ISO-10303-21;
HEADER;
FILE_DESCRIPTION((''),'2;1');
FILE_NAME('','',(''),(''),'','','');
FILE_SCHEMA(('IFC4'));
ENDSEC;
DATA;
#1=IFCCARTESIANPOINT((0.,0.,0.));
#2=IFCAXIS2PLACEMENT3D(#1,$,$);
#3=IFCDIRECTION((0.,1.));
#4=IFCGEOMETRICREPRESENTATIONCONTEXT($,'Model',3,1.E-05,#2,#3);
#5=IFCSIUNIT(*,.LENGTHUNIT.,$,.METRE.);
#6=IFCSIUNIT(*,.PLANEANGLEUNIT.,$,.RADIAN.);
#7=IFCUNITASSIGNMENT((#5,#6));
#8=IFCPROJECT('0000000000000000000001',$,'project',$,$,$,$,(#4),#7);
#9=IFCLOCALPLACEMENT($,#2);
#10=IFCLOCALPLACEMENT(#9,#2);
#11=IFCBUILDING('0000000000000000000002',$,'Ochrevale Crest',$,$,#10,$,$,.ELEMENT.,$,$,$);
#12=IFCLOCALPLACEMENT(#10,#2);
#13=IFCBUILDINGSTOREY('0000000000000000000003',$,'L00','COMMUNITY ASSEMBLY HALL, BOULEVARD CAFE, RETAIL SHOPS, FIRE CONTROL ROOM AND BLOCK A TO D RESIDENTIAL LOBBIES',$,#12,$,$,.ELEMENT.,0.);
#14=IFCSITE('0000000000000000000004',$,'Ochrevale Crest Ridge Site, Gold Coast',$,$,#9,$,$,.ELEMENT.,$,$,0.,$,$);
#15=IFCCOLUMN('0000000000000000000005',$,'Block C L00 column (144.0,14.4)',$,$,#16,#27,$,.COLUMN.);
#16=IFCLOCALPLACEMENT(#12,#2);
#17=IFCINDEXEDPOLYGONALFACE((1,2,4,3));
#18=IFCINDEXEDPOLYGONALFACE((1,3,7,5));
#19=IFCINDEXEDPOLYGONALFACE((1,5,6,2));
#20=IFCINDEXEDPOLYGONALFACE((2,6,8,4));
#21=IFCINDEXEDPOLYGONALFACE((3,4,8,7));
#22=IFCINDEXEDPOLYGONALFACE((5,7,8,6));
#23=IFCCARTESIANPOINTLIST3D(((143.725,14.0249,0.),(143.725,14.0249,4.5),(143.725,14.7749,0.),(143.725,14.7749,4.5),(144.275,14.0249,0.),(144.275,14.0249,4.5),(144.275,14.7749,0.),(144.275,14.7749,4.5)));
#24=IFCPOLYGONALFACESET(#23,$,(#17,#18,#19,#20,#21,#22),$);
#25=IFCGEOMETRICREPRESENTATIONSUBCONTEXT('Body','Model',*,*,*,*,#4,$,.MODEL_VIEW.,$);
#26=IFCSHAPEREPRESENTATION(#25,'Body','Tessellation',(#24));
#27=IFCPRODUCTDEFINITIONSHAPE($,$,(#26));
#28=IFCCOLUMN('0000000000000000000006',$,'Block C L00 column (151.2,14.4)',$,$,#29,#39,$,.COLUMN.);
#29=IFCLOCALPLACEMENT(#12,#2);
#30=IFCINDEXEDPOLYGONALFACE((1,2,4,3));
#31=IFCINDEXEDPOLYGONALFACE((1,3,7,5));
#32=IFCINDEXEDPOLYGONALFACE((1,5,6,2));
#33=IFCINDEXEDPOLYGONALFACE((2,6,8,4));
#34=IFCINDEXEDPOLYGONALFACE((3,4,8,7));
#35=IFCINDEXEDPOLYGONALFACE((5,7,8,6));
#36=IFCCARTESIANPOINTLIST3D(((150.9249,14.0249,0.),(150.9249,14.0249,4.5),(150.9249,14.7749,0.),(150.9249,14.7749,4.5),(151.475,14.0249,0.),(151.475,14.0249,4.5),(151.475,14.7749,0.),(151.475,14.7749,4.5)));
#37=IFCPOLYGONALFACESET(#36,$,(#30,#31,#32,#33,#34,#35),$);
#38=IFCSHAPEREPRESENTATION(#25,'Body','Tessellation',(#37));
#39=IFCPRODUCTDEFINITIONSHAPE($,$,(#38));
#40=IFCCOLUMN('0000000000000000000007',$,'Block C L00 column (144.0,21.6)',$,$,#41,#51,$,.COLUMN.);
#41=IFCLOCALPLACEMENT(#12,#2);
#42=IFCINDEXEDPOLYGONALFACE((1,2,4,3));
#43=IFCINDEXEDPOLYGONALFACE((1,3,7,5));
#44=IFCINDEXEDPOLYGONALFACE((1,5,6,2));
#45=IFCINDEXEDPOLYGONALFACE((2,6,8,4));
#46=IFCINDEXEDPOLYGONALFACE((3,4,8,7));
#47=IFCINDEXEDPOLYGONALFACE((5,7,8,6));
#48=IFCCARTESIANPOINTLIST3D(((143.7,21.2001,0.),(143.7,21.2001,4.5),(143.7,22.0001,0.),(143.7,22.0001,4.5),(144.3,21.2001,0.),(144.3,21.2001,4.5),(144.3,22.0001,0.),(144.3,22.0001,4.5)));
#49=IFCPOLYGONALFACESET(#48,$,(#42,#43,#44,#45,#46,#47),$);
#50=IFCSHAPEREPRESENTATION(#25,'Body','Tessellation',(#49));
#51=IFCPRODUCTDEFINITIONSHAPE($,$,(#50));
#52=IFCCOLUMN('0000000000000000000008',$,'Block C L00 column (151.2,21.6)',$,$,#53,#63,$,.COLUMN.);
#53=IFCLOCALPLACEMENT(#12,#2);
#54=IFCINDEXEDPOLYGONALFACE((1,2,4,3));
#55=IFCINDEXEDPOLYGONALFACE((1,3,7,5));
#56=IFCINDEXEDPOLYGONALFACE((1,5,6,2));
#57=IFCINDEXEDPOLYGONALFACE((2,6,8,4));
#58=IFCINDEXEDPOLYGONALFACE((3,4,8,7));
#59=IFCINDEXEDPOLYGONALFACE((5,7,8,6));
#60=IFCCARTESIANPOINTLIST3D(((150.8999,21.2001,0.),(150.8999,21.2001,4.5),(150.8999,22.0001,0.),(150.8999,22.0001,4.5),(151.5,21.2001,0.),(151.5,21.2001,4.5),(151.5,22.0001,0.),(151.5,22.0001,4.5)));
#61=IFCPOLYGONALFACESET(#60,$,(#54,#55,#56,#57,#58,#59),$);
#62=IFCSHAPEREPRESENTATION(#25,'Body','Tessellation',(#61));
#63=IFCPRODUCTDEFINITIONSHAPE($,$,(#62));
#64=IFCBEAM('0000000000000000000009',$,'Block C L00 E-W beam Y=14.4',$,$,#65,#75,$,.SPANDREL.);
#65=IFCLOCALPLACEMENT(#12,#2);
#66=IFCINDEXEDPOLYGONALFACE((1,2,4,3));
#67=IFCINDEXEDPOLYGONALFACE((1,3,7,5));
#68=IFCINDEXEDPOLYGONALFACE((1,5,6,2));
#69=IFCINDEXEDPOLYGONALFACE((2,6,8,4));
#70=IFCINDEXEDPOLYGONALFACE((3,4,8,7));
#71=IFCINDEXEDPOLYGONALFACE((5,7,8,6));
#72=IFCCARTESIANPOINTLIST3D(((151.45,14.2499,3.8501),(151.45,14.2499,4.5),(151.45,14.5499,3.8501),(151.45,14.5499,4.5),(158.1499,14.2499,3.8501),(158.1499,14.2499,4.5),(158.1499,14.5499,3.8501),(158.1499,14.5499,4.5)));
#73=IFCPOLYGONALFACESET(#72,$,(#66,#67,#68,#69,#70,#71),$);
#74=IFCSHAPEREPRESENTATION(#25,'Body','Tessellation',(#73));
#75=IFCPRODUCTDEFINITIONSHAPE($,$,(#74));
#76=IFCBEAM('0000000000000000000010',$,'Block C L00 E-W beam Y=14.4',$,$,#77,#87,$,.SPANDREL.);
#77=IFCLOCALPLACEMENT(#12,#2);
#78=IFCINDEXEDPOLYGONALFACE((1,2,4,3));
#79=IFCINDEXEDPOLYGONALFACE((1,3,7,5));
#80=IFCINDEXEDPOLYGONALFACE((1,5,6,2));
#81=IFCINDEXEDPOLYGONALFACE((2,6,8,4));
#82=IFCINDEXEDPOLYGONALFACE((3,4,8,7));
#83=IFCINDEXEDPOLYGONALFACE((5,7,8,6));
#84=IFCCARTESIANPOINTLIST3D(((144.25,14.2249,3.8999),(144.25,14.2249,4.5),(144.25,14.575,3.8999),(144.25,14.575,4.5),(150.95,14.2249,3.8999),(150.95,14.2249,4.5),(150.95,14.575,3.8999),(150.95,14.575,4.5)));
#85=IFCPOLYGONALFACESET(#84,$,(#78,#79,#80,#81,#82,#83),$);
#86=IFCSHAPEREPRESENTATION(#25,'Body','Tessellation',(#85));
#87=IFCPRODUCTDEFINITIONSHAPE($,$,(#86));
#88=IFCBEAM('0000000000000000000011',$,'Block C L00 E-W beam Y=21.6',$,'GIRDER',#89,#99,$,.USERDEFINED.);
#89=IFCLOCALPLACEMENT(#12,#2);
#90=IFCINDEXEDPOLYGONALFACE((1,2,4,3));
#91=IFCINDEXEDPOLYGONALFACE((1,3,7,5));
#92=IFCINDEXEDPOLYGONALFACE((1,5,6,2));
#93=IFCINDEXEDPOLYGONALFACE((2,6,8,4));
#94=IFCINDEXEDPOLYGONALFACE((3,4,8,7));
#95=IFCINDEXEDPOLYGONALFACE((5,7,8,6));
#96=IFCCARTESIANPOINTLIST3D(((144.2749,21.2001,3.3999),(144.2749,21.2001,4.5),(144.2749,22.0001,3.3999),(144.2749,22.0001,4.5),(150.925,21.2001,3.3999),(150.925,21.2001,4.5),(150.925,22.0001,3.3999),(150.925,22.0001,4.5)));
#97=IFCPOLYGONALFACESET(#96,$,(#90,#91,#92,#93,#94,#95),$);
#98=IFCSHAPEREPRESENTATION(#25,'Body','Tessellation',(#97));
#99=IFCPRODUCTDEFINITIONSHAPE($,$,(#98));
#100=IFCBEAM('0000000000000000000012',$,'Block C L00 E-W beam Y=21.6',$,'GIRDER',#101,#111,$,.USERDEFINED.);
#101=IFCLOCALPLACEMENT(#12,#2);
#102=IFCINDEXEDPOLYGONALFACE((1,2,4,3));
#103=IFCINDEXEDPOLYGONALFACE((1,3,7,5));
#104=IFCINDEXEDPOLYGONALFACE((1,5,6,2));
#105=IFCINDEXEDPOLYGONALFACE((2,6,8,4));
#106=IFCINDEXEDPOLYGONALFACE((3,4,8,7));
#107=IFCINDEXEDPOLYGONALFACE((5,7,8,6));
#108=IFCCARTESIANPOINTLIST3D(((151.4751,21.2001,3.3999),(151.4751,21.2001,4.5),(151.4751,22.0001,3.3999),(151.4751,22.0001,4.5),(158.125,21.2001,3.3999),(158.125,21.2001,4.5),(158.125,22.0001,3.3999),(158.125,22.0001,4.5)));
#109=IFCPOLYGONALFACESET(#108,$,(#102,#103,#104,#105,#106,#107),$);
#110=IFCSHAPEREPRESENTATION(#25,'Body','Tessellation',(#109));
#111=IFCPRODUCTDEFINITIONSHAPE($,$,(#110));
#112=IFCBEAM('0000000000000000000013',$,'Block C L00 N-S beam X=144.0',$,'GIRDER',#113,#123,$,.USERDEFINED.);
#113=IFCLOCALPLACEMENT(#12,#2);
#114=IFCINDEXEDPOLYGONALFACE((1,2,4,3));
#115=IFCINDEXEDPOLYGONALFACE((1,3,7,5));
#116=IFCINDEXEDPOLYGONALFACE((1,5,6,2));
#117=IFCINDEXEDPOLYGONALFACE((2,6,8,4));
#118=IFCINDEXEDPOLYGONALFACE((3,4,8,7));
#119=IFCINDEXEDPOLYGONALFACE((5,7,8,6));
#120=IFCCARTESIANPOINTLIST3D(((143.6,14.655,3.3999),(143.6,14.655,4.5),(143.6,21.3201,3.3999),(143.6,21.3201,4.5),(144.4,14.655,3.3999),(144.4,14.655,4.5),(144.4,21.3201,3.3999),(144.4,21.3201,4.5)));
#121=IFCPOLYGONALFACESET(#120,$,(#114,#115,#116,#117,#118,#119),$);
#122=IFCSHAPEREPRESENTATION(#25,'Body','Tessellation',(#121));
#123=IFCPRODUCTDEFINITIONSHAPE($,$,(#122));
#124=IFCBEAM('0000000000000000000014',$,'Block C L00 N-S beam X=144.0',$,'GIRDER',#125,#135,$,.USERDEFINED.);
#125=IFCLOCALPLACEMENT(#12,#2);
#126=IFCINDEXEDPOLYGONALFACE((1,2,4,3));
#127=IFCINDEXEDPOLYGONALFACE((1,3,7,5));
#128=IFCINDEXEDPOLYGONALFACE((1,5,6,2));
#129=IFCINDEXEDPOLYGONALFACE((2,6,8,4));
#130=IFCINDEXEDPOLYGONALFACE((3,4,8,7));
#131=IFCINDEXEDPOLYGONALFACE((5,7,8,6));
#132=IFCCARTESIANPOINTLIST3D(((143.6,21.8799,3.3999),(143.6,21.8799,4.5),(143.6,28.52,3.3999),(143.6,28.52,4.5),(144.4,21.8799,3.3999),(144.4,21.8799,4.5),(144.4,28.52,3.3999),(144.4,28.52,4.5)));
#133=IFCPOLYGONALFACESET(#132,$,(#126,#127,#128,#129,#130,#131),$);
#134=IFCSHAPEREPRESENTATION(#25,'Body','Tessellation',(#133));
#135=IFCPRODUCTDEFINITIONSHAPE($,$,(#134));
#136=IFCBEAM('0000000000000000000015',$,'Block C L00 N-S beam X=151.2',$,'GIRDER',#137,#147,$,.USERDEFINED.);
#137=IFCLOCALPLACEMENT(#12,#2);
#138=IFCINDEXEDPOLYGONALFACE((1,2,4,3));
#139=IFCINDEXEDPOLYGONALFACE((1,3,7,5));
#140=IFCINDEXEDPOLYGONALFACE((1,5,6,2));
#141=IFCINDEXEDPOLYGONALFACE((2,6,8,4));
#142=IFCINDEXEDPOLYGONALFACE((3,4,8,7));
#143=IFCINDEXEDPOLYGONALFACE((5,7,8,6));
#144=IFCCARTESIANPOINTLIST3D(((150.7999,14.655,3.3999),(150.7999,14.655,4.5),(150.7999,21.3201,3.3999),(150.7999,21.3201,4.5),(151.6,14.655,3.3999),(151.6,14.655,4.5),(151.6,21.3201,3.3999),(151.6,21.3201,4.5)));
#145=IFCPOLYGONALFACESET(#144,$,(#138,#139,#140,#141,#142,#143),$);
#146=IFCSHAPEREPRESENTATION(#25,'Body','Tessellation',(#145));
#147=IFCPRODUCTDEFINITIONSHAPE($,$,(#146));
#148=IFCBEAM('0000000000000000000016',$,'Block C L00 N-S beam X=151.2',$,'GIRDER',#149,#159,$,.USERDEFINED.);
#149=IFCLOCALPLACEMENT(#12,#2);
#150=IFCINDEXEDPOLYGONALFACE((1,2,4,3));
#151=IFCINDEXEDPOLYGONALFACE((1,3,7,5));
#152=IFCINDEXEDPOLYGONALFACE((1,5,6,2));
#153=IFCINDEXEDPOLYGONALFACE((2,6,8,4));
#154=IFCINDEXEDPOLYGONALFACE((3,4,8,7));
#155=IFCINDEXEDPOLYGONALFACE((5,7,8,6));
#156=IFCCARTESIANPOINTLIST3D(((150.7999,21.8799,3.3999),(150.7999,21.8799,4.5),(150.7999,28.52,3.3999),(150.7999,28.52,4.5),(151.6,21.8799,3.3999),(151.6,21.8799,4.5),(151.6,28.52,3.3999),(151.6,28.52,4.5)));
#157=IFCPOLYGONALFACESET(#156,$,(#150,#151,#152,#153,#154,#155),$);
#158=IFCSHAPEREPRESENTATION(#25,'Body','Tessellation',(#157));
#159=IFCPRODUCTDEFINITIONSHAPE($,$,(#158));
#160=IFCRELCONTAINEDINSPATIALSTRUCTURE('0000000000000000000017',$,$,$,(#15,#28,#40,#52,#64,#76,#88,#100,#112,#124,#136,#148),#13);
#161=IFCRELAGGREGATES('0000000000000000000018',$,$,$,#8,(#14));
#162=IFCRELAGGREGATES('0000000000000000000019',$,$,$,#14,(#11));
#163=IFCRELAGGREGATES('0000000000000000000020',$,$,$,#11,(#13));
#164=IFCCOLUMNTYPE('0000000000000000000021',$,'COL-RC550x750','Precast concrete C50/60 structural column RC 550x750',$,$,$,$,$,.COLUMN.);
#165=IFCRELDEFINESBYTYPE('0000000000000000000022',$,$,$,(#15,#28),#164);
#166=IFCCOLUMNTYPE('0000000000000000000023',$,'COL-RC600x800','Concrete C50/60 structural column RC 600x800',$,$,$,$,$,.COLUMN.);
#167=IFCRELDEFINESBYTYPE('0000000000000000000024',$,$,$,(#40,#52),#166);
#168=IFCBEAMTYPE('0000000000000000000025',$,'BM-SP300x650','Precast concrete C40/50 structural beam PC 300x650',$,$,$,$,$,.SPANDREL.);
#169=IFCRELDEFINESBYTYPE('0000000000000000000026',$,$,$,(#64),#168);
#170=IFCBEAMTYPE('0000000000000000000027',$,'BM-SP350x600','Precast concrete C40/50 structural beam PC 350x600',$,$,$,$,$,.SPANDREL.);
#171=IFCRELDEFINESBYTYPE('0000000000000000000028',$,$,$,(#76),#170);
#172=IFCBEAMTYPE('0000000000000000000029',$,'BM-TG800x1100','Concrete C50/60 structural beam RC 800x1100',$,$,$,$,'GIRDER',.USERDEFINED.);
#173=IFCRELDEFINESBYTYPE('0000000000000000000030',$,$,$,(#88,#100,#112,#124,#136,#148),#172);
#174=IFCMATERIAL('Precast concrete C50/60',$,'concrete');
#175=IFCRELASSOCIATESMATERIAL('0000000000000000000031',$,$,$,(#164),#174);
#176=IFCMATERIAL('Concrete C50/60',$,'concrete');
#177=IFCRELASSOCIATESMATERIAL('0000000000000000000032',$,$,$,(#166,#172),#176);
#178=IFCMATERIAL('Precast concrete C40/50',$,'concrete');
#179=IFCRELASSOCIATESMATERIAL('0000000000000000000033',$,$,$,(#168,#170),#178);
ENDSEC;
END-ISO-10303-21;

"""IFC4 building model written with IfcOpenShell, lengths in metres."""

from ifc_helpers import new_model, si_unit, direction, frame, origin, origin_2d, place, context, subcontext, project, spatial, rectangle, extrude, material, material_profile, profile_set, type_object, element, save


model = new_model("IFC4")

# Units and contexts
model_context = context("Model", 3, precision=1e-05, world=origin(), true_north=direction((0.0, 1.0)))
body_context = subcontext(model_context, "Body", "Model", "MODEL_VIEW")
ifc_project = project(units=[si_unit("LENGTHUNIT", "METRE"), si_unit("PLANEANGLEUNIT", "RADIAN")], contexts=[model_context])

# Site, building, storey
site_placement = place(None, origin())
site = spatial("IfcSite", under=ifc_project, at=site_placement, Name="Ochrevale Crest Ridge Site, Gold Coast", CompositionType="ELEMENT", RefElevation=0.0)
building_placement = place(site_placement, origin())
building = spatial("IfcBuilding", under=site, at=building_placement, Name="Ochrevale Crest", CompositionType="ELEMENT")
storey_placement = place(building_placement, origin())
storey = spatial("IfcBuildingStorey", under=building, at=storey_placement, Name="L00", Description="COMMUNITY ASSEMBLY HALL, BOULEVARD CAFE, RETAIL SHOPS, FIRE CONTROL ROOM AND BLOCK A TO D RESIDENTIAL LOBBIES", CompositionType="ELEMENT", Elevation=0.0)

# Columns
ifc_material_1 = material(Name="Precast concrete C50/60", Category="concrete")
ifc_material_profile_1 = material_profile(ifc_material_1, rectangle(XDim=0.55, YDim=0.75, at=origin_2d()), Name="RC 550x750")
ifc_profile_set_1 = profile_set([ifc_material_profile_1], Name="Precast concrete C50/60")
column_type_1 = type_object("IfcColumnType", Name="COL-RC550x750", Description="Precast concrete C50/60 structural column RC 550x750", PredefinedType="COLUMN", material=ifc_profile_set_1)
for number, where, z_axis, x_axis, name in (
    (1, (144.0, 14.3999, 0.0), (0.0, 0.0, 1.0), (1.0, 0.0, 0.0), "Block C L00 column (144.0,14.4)"),
    (2, (151.2, 14.3999, 0.0), (0.0, 0.0, 1.0), (1.0, 0.0, 0.0), "Block C L00 column (151.2,14.4)"),
):
    element("IfcColumn", number, at=place(storey_placement, frame(where, z_axis=z_axis, x_axis=x_axis)), inside=storey, type_object=column_type_1, Name=name, PredefinedType="COLUMN", context=body_context, shape_type="SweptSolid", body=[
        extrude(rectangle(XDim=0.55, YDim=0.75, at=origin_2d()), origin(), (0.0, 0.0, 1.0), 4.5),
    ])
ifc_material_2 = material(Name="Concrete C50/60", Category="concrete")
ifc_material_profile_2 = material_profile(ifc_material_2, rectangle(XDim=0.6001, YDim=0.8, at=origin_2d()), Name="RC 600x800")
ifc_profile_set_2 = profile_set([ifc_material_profile_2], Name="Concrete C50/60")
column_type_2 = type_object("IfcColumnType", Name="COL-RC600x800", Description="Concrete C50/60 structural column RC 600x800", PredefinedType="COLUMN", material=ifc_profile_set_2)
for number, where, z_axis, x_axis, name in (
    (3, (144.0, 21.6001, 0.0), (0.0, 0.0, 1.0), (1.0, 0.0, 0.0), "Block C L00 column (144.0,21.6)"),
    (4, (151.2, 21.6001, 0.0), (0.0, 0.0, 1.0), (1.0, 0.0, 0.0), "Block C L00 column (151.2,21.6)"),
):
    element("IfcColumn", number, at=place(storey_placement, frame(where, z_axis=z_axis, x_axis=x_axis)), inside=storey, type_object=column_type_2, Name=name, PredefinedType="COLUMN", context=body_context, shape_type="SweptSolid", body=[
        extrude(rectangle(XDim=0.6001, YDim=0.8, at=origin_2d()), origin(), (0.0, 0.0, 1.0), 4.5),
    ])

# Beams
ifc_material_3 = material(Name="Precast concrete C40/50", Category="concrete")
ifc_material_profile_3 = material_profile(ifc_material_3, rectangle(XDim=0.3, YDim=0.6499, at=origin_2d()), Name="PC 300x650")
ifc_profile_set_3 = profile_set([ifc_material_profile_3], Name="Precast concrete C40/50")
beam_type_1 = type_object("IfcBeamType", Name="BM-SP300x650", Description="Precast concrete C40/50 structural beam PC 300x650", PredefinedType="SPANDREL", material=ifc_profile_set_3)
beam_1_placement = place(storey_placement, frame((151.45, 14.3999, 4.175), z_axis=(1.0, 0.0, 0.0), x_axis=(0.0, 1.0, 0.0)))
element("IfcBeam", 5, at=beam_1_placement, inside=storey, type_object=beam_type_1, Name="Block C L00 E-W beam Y=14.4", PredefinedType="SPANDREL", context=body_context, shape_type="SweptSolid", body=[
    extrude(rectangle(XDim=0.3, YDim=0.6499, at=origin_2d()), origin(), (0.0, 0.0, 1.0), 6.7),
])
ifc_material_profile_4 = material_profile(ifc_material_3, rectangle(XDim=0.3501, YDim=0.6001, at=origin_2d()), Name="PC 350x600")
ifc_profile_set_4 = profile_set([ifc_material_profile_4], Name="Precast concrete C40/50")
beam_type_2 = type_object("IfcBeamType", Name="BM-SP350x600", Description="Precast concrete C40/50 structural beam PC 350x600", PredefinedType="SPANDREL", material=ifc_profile_set_4)
beam_2_placement = place(storey_placement, frame((144.25, 14.3999, 4.2), z_axis=(1.0, 0.0, 0.0), x_axis=(0.0, 1.0, 0.0)))
element("IfcBeam", 6, at=beam_2_placement, inside=storey, type_object=beam_type_2, Name="Block C L00 E-W beam Y=14.4", PredefinedType="SPANDREL", context=body_context, shape_type="SweptSolid", body=[
    extrude(rectangle(XDim=0.3501, YDim=0.6001, at=origin_2d()), origin(), (0.0, 0.0, 1.0), 6.7),
])
ifc_material_profile_5 = material_profile(ifc_material_2, rectangle(XDim=0.8, YDim=1.1001, at=origin_2d()), Name="RC 800x1100")
ifc_profile_set_5 = profile_set([ifc_material_profile_5], Name="Concrete C50/60")
beam_type_3 = type_object("IfcBeamType", Name="BM-TG800x1100", Description="Concrete C50/60 structural beam RC 800x1100", ElementType="GIRDER", PredefinedType="USERDEFINED", material=ifc_profile_set_5)
beam_3_placement = place(storey_placement, frame((144.2749, 21.6001, 3.95), z_axis=(1.0, 0.0, 0.0), x_axis=(0.0, 1.0, 0.0)))
element("IfcBeam", 7, at=beam_3_placement, inside=storey, type_object=beam_type_3, Name="Block C L00 E-W beam Y=21.6", ObjectType="GIRDER", PredefinedType="USERDEFINED", context=body_context, shape_type="SweptSolid", body=[
    extrude(rectangle(XDim=0.8, YDim=1.1001, at=origin_2d()), origin(), (0.0, 0.0, 1.0), 6.6501),
])
beam_4_placement = place(storey_placement, frame((151.4751, 21.6001, 3.95), z_axis=(1.0, 0.0, 0.0), x_axis=(0.0, 1.0, 0.0)))
element("IfcBeam", 8, at=beam_4_placement, inside=storey, type_object=beam_type_3, Name="Block C L00 E-W beam Y=21.6", ObjectType="GIRDER", PredefinedType="USERDEFINED", context=body_context, shape_type="SweptSolid", body=[
    extrude(rectangle(XDim=0.8, YDim=1.1001, at=origin_2d()), origin(), (0.0, 0.0, 1.0), 6.6499),
])
beam_5_placement = place(storey_placement, frame((144.0, 14.655, 3.95), z_axis=(0.0, 1.0, 0.0), x_axis=(-1.0, 0.0, 0.0)))
element("IfcBeam", 9, at=beam_5_placement, inside=storey, type_object=beam_type_3, Name="Block C L00 N-S beam X=144.0", ObjectType="GIRDER", PredefinedType="USERDEFINED", context=body_context, shape_type="SweptSolid", body=[
    extrude(rectangle(XDim=0.8, YDim=1.1001, at=origin_2d()), origin(), (0.0, 0.0, 1.0), 6.665),
])
beam_6_placement = place(storey_placement, frame((144.0, 21.8799, 3.95), z_axis=(0.0, 1.0, 0.0), x_axis=(-1.0, 0.0, 0.0)))
element("IfcBeam", 10, at=beam_6_placement, inside=storey, type_object=beam_type_3, Name="Block C L00 N-S beam X=144.0", ObjectType="GIRDER", PredefinedType="USERDEFINED", context=body_context, shape_type="SweptSolid", body=[
    extrude(rectangle(XDim=0.8, YDim=1.1001, at=origin_2d()), origin(), (0.0, 0.0, 1.0), 6.6401),
])
beam_7_placement = place(storey_placement, frame((151.2, 14.655, 3.95), z_axis=(0.0, 1.0, 0.0), x_axis=(-1.0, 0.0, 0.0)))
element("IfcBeam", 11, at=beam_7_placement, inside=storey, type_object=beam_type_3, Name="Block C L00 N-S beam X=151.2", ObjectType="GIRDER", PredefinedType="USERDEFINED", context=body_context, shape_type="SweptSolid", body=[
    extrude(rectangle(XDim=0.8, YDim=1.1001, at=origin_2d()), origin(), (0.0, 0.0, 1.0), 6.665),
])
beam_8_placement = place(storey_placement, frame((151.2, 21.8799, 3.95), z_axis=(0.0, 1.0, 0.0), x_axis=(-1.0, 0.0, 0.0)))
element("IfcBeam", 12, at=beam_8_placement, inside=storey, type_object=beam_type_3, Name="Block C L00 N-S beam X=151.2", ObjectType="GIRDER", PredefinedType="USERDEFINED", context=body_context, shape_type="SweptSolid", body=[
    extrude(rectangle(XDim=0.8, YDim=1.1001, at=origin_2d()), origin(), (0.0, 0.0, 1.0), 6.6401),
])

save(model, "model.ifc")
